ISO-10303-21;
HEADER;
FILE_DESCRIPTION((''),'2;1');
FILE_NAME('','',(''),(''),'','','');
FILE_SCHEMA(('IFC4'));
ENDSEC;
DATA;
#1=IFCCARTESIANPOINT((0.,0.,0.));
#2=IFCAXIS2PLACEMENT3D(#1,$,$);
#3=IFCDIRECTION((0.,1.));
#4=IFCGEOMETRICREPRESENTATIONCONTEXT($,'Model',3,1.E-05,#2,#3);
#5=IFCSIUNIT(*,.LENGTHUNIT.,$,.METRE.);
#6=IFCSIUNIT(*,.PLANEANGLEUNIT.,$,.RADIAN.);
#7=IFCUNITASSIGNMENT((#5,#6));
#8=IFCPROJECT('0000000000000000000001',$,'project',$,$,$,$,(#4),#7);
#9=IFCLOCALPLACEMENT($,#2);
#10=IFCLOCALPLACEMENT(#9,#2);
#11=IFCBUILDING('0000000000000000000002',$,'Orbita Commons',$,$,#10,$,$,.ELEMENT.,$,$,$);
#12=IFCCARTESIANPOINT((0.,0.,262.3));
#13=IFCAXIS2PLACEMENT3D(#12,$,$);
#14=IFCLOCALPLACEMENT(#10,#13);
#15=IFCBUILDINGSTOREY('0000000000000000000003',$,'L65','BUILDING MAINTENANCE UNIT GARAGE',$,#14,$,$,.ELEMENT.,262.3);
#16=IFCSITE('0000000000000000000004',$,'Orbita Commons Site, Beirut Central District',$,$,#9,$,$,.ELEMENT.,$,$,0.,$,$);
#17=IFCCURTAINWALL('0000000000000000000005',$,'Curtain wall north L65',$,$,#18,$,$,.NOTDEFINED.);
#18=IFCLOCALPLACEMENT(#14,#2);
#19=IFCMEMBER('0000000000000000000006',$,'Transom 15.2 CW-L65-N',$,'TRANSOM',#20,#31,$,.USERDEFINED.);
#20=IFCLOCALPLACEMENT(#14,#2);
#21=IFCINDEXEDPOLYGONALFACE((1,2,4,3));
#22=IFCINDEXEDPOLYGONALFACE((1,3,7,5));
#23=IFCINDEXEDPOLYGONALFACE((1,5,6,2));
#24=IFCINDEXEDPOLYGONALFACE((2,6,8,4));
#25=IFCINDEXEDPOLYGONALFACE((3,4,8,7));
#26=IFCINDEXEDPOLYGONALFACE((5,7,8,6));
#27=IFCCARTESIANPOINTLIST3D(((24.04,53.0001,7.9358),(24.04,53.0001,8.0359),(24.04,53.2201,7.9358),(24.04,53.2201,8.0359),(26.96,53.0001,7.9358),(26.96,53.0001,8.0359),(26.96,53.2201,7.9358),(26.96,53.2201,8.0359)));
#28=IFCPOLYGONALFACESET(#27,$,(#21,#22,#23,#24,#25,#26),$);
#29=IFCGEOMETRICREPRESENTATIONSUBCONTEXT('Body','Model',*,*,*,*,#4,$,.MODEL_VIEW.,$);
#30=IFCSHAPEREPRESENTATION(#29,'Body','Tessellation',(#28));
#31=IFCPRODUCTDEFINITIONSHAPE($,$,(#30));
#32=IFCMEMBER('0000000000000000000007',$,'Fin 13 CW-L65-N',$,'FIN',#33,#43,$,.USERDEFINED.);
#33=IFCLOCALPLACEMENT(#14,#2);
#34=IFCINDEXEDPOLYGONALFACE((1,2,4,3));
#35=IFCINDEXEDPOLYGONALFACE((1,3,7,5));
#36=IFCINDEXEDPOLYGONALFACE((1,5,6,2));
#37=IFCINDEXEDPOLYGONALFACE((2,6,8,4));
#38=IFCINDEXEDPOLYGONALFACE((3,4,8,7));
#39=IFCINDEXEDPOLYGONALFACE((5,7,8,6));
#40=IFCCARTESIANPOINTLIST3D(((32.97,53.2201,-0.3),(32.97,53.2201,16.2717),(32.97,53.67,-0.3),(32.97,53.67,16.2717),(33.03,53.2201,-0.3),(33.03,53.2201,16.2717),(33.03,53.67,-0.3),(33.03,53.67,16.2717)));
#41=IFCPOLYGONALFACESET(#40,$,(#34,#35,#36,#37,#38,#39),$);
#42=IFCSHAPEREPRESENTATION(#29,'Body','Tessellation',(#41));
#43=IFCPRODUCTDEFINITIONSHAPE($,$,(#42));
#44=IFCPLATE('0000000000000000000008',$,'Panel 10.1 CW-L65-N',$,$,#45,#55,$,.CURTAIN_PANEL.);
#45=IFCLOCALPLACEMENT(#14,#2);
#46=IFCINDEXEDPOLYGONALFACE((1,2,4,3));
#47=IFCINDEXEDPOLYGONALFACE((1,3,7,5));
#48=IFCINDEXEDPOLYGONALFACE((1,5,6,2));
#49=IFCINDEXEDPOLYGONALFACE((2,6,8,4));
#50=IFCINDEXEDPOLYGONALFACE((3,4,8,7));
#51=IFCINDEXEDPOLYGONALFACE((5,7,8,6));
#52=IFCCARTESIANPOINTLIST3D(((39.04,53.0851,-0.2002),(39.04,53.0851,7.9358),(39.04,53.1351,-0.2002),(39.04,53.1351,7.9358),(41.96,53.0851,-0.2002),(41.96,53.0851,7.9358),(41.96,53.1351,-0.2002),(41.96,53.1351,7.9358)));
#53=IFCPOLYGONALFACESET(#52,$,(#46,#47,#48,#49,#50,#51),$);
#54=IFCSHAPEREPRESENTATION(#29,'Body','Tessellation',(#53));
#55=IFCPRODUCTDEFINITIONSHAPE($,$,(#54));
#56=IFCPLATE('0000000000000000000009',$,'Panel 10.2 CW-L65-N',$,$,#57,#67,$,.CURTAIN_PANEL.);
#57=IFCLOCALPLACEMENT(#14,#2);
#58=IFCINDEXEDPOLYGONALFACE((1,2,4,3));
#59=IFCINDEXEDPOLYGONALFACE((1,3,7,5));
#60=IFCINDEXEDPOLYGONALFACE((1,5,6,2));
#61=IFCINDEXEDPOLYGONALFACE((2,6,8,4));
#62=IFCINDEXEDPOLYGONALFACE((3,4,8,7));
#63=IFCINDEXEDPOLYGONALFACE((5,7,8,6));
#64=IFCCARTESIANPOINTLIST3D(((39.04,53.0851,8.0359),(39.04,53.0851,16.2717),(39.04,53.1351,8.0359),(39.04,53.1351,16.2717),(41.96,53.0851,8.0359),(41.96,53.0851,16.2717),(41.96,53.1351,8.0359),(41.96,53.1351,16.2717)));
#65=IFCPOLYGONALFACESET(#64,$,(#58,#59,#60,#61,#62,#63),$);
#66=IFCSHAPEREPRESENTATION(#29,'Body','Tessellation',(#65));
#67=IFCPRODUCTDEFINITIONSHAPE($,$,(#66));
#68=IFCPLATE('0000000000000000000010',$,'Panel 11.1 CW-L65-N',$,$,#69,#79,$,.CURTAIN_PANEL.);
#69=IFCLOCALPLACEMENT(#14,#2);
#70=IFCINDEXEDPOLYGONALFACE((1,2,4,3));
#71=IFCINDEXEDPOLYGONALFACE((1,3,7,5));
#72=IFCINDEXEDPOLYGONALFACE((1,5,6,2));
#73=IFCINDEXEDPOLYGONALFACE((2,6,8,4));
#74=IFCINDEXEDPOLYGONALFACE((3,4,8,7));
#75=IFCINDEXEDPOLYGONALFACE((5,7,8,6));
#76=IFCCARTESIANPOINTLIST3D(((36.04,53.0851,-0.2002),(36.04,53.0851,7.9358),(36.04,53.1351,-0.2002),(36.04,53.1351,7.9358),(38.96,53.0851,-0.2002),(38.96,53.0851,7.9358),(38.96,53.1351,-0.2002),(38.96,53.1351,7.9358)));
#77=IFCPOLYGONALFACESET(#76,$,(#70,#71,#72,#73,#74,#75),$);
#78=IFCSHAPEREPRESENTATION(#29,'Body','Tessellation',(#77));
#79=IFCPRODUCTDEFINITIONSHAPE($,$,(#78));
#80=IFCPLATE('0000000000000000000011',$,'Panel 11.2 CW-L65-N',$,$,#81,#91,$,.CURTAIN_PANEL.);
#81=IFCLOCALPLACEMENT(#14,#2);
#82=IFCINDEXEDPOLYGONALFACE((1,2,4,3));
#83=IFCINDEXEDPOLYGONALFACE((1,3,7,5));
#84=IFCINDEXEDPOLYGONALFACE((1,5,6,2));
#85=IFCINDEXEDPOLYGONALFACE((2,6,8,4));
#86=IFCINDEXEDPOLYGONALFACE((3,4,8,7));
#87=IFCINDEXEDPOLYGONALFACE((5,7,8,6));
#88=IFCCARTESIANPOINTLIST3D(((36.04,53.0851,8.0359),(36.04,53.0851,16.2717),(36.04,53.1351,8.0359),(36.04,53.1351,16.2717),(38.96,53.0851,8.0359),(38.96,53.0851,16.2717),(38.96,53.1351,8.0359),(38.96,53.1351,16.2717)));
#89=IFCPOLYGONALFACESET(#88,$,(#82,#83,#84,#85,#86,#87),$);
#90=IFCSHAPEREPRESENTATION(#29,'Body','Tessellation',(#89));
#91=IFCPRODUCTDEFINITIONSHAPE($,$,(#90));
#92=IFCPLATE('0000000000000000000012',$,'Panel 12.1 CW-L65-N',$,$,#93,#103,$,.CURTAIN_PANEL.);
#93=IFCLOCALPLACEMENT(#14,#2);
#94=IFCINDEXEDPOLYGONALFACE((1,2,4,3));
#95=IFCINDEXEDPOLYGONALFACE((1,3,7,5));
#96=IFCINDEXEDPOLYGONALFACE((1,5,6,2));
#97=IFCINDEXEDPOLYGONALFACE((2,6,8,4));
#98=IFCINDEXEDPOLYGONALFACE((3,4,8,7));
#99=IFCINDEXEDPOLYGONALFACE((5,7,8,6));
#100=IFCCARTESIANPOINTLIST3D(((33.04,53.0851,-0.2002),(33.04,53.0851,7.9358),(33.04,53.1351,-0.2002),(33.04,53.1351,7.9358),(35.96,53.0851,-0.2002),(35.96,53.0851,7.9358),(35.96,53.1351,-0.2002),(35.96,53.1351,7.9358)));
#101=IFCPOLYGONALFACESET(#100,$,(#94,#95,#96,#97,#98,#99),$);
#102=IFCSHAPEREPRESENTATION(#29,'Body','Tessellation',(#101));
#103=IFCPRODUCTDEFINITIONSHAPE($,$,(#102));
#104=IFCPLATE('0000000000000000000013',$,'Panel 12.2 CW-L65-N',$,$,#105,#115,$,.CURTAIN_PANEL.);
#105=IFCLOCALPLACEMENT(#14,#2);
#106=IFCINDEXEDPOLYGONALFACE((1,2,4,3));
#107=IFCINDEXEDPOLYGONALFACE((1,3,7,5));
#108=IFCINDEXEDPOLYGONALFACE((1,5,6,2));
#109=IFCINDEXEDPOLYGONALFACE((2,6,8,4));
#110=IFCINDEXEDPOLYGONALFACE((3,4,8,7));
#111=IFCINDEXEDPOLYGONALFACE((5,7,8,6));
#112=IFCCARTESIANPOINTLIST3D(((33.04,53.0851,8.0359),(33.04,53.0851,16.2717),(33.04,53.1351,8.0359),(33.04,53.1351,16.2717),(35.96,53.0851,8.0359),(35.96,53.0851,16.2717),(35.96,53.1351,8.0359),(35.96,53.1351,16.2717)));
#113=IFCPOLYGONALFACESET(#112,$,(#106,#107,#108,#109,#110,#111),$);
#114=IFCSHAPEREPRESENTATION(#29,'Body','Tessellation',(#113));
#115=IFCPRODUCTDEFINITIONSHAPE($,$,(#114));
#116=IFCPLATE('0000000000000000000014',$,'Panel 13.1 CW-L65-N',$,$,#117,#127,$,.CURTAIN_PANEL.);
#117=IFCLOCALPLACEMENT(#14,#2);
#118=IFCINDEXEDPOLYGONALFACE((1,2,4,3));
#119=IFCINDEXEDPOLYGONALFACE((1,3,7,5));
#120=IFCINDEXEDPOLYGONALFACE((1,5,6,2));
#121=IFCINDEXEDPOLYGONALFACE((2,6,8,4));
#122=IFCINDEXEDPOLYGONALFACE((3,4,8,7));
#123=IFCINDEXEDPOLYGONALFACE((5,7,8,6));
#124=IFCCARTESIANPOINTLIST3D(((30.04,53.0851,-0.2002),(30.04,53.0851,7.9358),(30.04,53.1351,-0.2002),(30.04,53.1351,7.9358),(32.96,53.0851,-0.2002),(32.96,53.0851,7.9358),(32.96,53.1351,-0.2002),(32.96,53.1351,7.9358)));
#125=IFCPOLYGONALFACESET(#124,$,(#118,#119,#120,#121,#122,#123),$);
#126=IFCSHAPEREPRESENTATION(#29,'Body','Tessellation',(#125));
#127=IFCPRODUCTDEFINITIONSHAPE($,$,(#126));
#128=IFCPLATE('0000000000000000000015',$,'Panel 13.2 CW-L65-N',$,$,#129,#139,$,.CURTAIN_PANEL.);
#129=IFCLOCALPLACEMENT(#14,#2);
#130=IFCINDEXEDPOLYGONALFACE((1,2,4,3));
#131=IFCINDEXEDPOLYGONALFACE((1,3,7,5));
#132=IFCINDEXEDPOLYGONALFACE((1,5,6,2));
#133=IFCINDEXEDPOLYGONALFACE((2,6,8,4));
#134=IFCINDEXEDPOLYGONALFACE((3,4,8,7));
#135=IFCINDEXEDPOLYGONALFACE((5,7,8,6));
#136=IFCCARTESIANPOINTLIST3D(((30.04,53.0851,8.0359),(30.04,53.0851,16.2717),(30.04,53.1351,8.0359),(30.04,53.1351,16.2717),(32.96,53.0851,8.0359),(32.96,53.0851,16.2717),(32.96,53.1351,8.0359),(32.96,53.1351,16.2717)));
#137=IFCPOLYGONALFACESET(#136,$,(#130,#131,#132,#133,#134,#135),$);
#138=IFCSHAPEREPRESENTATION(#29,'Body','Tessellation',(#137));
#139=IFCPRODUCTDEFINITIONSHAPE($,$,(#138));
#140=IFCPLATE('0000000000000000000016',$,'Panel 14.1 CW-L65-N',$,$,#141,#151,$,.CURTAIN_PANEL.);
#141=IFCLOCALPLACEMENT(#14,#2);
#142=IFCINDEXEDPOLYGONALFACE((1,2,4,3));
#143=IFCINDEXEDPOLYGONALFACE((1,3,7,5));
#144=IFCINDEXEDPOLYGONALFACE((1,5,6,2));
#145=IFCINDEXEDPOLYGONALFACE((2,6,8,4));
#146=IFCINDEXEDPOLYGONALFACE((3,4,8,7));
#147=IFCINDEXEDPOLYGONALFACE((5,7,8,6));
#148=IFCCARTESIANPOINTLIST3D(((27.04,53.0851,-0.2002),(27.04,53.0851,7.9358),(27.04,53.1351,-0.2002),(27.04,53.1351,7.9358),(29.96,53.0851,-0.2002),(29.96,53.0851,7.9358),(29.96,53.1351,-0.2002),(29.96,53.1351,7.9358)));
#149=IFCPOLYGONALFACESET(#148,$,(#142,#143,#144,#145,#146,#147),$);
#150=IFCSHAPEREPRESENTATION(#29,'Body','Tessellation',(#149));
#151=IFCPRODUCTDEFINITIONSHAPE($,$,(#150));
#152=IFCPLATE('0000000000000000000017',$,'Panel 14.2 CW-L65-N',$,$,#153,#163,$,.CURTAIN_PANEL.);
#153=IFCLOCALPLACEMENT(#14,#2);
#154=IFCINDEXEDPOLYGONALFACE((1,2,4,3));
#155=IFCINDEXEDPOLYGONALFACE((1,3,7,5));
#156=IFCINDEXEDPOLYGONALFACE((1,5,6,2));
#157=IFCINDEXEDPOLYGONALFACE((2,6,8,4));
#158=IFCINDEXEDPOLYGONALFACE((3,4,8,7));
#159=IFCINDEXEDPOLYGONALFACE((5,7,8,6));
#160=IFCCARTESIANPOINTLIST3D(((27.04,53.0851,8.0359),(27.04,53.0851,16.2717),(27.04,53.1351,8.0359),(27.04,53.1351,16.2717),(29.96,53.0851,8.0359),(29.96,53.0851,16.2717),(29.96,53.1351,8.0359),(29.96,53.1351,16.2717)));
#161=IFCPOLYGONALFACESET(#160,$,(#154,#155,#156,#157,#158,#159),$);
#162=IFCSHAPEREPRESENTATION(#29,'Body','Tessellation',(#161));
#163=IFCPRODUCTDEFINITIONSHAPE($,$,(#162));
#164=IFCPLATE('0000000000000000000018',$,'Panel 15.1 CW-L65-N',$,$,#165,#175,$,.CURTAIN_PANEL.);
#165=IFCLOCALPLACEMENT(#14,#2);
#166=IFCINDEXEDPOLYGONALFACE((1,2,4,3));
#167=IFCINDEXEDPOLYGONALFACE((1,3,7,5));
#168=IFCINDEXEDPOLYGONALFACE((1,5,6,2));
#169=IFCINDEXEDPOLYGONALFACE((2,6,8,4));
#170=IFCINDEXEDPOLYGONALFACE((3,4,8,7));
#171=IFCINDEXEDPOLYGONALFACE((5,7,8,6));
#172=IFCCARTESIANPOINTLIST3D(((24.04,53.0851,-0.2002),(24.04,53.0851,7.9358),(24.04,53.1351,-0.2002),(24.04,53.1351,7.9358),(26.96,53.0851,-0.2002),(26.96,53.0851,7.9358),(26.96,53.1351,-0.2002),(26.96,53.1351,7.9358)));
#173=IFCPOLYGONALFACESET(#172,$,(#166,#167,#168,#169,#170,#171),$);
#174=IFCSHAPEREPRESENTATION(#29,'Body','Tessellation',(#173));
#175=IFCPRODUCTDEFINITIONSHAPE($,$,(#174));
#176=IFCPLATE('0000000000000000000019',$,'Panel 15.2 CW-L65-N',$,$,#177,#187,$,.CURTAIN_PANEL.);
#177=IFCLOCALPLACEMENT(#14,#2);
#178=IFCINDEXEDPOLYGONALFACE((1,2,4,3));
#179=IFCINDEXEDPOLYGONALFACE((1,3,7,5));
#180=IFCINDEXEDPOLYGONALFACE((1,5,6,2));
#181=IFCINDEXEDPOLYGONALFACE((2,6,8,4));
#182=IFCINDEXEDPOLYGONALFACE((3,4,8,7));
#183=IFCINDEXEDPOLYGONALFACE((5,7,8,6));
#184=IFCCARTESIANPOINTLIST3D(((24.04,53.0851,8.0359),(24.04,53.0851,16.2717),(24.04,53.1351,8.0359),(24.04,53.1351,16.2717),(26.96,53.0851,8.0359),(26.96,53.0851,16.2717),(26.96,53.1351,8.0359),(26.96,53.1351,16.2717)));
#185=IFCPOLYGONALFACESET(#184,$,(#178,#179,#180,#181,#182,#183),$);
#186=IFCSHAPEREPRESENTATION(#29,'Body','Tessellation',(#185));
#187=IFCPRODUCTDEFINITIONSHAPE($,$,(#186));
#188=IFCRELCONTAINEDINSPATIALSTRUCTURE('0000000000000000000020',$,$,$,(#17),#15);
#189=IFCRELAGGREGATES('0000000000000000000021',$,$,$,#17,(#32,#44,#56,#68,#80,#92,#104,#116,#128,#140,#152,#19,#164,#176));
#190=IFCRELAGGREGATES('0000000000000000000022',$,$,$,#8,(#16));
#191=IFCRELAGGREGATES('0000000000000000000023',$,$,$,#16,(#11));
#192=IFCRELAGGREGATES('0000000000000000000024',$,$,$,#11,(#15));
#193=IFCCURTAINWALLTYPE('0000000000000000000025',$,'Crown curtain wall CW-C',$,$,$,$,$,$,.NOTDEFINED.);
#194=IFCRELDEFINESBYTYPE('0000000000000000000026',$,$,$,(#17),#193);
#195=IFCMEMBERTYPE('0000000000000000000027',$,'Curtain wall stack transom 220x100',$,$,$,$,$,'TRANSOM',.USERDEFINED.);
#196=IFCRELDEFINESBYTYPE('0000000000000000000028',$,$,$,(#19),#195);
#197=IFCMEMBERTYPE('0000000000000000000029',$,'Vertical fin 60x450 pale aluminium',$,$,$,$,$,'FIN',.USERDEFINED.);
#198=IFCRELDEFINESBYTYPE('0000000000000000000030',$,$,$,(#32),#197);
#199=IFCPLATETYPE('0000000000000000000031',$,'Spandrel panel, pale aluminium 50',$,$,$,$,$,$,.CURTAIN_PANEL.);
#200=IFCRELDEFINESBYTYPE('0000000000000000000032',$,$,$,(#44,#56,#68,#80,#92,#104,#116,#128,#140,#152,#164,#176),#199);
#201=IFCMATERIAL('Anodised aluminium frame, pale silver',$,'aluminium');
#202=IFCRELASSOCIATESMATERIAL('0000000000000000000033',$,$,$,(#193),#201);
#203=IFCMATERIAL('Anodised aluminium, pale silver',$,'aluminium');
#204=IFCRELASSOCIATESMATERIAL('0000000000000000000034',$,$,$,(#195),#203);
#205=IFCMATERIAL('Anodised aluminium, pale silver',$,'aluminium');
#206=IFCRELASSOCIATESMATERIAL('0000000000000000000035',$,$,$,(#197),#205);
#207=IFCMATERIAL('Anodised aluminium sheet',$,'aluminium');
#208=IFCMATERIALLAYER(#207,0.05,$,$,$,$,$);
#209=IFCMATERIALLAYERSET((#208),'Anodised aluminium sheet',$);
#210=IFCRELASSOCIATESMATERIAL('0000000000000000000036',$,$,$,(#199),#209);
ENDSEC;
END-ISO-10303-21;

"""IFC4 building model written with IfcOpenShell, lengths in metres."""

from ifc_helpers import new_model, si_unit, direction, frame, origin, origin_2d, place, context, subcontext, project, spatial, rectangle, extrude, material, layer, layer_set, material_profile, profile_set, type_object, element, aggregate, save


model = new_model("IFC4")

# Units and contexts
model_context = context("Model", 3, precision=1e-05, world=origin(), true_north=direction((0.0, 1.0)))
body_context = subcontext(model_context, "Body", "Model", "MODEL_VIEW")
ifc_project = project(units=[si_unit("LENGTHUNIT", "METRE"), si_unit("PLANEANGLEUNIT", "RADIAN")], contexts=[model_context])

# Site, building, storey
site_placement = place(None, origin())
site = spatial("IfcSite", under=ifc_project, at=site_placement, Name="Orbita Commons Site, Beirut Central District", CompositionType="ELEMENT", RefElevation=0.0)
building_placement = place(site_placement, origin())
building = spatial("IfcBuilding", under=site, at=building_placement, Name="Orbita Commons", CompositionType="ELEMENT")
storey_placement = place(building_placement, frame((0.0, 0.0, 262.3)))
storey = spatial("IfcBuildingStorey", under=building, at=storey_placement, Name="L65", Description="BUILDING MAINTENANCE UNIT GARAGE", CompositionType="ELEMENT", Elevation=262.3)

# Curtain wall, members, plates
ifc_material_1 = material(Name="Anodised aluminium frame, pale silver", Category="aluminium")
curtain_wall_type = type_object("IfcCurtainWallType", Name="Crown curtain wall CW-C", PredefinedType="NOTDEFINED", material=ifc_material_1)
curtain_wall_placement = place(storey_placement, origin())
curtain_wall = element("IfcCurtainWall", 1, at=curtain_wall_placement, inside=storey, type_object=curtain_wall_type, Name="Curtain wall north L65", PredefinedType="NOTDEFINED")
ifc_material_2 = material(Name="Anodised aluminium, pale silver", Category="aluminium")
ifc_material_profile_1 = material_profile(ifc_material_2, rectangle(XDim=0.22, YDim=0.1001, at=origin_2d()), Name="AL 220x100")
ifc_profile_set_1 = profile_set([ifc_material_profile_1], Name="Anodised aluminium, pale silver")
member_type_1 = type_object("IfcMemberType", Name="Curtain wall stack transom 220x100", ElementType="TRANSOM", PredefinedType="USERDEFINED", material=ifc_profile_set_1)
member_1_placement = place(storey_placement, frame((26.96, 53.1101, 7.9858), z_axis=(-1.0, 0.0, 0.0), x_axis=(0.0, -1.0, 0.0)))
member_1 = element("IfcMember", 2, at=member_1_placement, type_object=member_type_1, Name="Transom 15.2 CW-L65-N", ObjectType="TRANSOM", PredefinedType="USERDEFINED", context=body_context, shape_type="SweptSolid", body=[
    extrude(rectangle(XDim=0.22, YDim=0.1001, at=origin_2d()), origin(), (0.0, 0.0, 1.0), 2.9199),
])
ifc_material_3 = material(Name="Anodised aluminium, pale silver", Category="aluminium")
ifc_material_profile_2 = material_profile(ifc_material_3, rectangle(XDim=0.0601, YDim=0.45, at=origin_2d()), Name="FIN 60x450")
ifc_profile_set_2 = profile_set([ifc_material_profile_2], Name="Anodised aluminium, pale silver")
member_type_2 = type_object("IfcMemberType", Name="Vertical fin 60x450 pale aluminium", ElementType="FIN", PredefinedType="USERDEFINED", material=ifc_profile_set_2)
member_2_placement = place(storey_placement, frame((33.0, 53.4451, -0.3), z_axis=(0.0, 0.0, 1.0), x_axis=(-1.0, 0.0, 0.0)))
member_2 = element("IfcMember", 3, at=member_2_placement, type_object=member_type_2, Name="Fin 13 CW-L65-N", ObjectType="FIN", PredefinedType="USERDEFINED", context=body_context, shape_type="SweptSolid", body=[
    extrude(rectangle(XDim=0.0601, YDim=0.45, at=origin_2d()), origin(), (0.0, 0.0, 1.0), 16.5718),
])
ifc_material_4 = material(Name="Anodised aluminium sheet", Category="aluminium")
ifc_layer = layer(ifc_material_4, 0.05)
ifc_layer_set = layer_set([ifc_layer], Name="Anodised aluminium sheet")
plate_type = type_object("IfcPlateType", Name="Spandrel panel, pale aluminium 50", PredefinedType="CURTAIN_PANEL", material=ifc_layer_set)
plate_1_placement = place(storey_placement, frame((40.5, 53.1101, -0.2002), z_axis=(0.0, 0.0, 1.0), x_axis=(-1.0, 0.0, 0.0)))
plate_1 = element("IfcPlate", 4, at=plate_1_placement, type_object=plate_type, Name="Panel 10.1 CW-L65-N", PredefinedType="CURTAIN_PANEL", context=body_context, shape_type="SweptSolid", body=[
    extrude(rectangle(XDim=2.9199, YDim=0.05, at=origin_2d()), origin(), (0.0, 0.0, 1.0), 8.136),
])
plate_2_placement = place(storey_placement, frame((40.5, 53.1101, 8.0359), z_axis=(0.0, 0.0, 1.0), x_axis=(-1.0, 0.0, 0.0)))
plate_2 = element("IfcPlate", 5, at=plate_2_placement, type_object=plate_type, Name="Panel 10.2 CW-L65-N", PredefinedType="CURTAIN_PANEL", context=body_context, shape_type="SweptSolid", body=[
    extrude(rectangle(XDim=2.9199, YDim=0.05, at=origin_2d()), origin(), (0.0, 0.0, 1.0), 8.2358),
])
plate_3_placement = place(storey_placement, frame((37.5, 53.1101, -0.2002), z_axis=(0.0, 0.0, 1.0), x_axis=(-1.0, 0.0, 0.0)))
plate_3 = element("IfcPlate", 6, at=plate_3_placement, type_object=plate_type, Name="Panel 11.1 CW-L65-N", PredefinedType="CURTAIN_PANEL", context=body_context, shape_type="SweptSolid", body=[
    extrude(rectangle(XDim=2.9199, YDim=0.05, at=origin_2d()), origin(), (0.0, 0.0, 1.0), 8.136),
])
plate_4_placement = place(storey_placement, frame((37.5, 53.1101, 8.0359), z_axis=(0.0, 0.0, 1.0), x_axis=(-1.0, 0.0, 0.0)))
plate_4 = element("IfcPlate", 7, at=plate_4_placement, type_object=plate_type, Name="Panel 11.2 CW-L65-N", PredefinedType="CURTAIN_PANEL", context=body_context, shape_type="SweptSolid", body=[
    extrude(rectangle(XDim=2.9199, YDim=0.05, at=origin_2d()), origin(), (0.0, 0.0, 1.0), 8.2358),
])
plate_5_placement = place(storey_placement, frame((34.5, 53.1101, -0.2002), z_axis=(0.0, 0.0, 1.0), x_axis=(-1.0, 0.0, 0.0)))
plate_5 = element("IfcPlate", 8, at=plate_5_placement, type_object=plate_type, Name="Panel 12.1 CW-L65-N", PredefinedType="CURTAIN_PANEL", context=body_context, shape_type="SweptSolid", body=[
    extrude(rectangle(XDim=2.9199, YDim=0.05, at=origin_2d()), origin(), (0.0, 0.0, 1.0), 8.136),
])
plate_6_placement = place(storey_placement, frame((34.5, 53.1101, 8.0359), z_axis=(0.0, 0.0, 1.0), x_axis=(-1.0, 0.0, 0.0)))
plate_6 = element("IfcPlate", 9, at=plate_6_placement, type_object=plate_type, Name="Panel 12.2 CW-L65-N", PredefinedType="CURTAIN_PANEL", context=body_context, shape_type="SweptSolid", body=[
    extrude(rectangle(XDim=2.9199, YDim=0.05, at=origin_2d()), origin(), (0.0, 0.0, 1.0), 8.2358),
])
plate_7_placement = place(storey_placement, frame((31.5, 53.1101, -0.2002), z_axis=(0.0, 0.0, 1.0), x_axis=(-1.0, 0.0, 0.0)))
plate_7 = element("IfcPlate", 10, at=plate_7_placement, type_object=plate_type, Name="Panel 13.1 CW-L65-N", PredefinedType="CURTAIN_PANEL", context=body_context, shape_type="SweptSolid", body=[
    extrude(rectangle(XDim=2.9199, YDim=0.05, at=origin_2d()), origin(), (0.0, 0.0, 1.0), 8.136),
])
plate_8_placement = place(storey_placement, frame((31.5, 53.1101, 8.0359), z_axis=(0.0, 0.0, 1.0), x_axis=(-1.0, 0.0, 0.0)))
plate_8 = element("IfcPlate", 11, at=plate_8_placement, type_object=plate_type, Name="Panel 13.2 CW-L65-N", PredefinedType="CURTAIN_PANEL", context=body_context, shape_type="SweptSolid", body=[
    extrude(rectangle(XDim=2.9199, YDim=0.05, at=origin_2d()), origin(), (0.0, 0.0, 1.0), 8.2358),
])
plate_9_placement = place(storey_placement, frame((28.5, 53.1101, -0.2002), z_axis=(0.0, 0.0, 1.0), x_axis=(-1.0, 0.0, 0.0)))
plate_9 = element("IfcPlate", 12, at=plate_9_placement, type_object=plate_type, Name="Panel 14.1 CW-L65-N", PredefinedType="CURTAIN_PANEL", context=body_context, shape_type="SweptSolid", body=[
    extrude(rectangle(XDim=2.9199, YDim=0.05, at=origin_2d()), origin(), (0.0, 0.0, 1.0), 8.136),
])
plate_10_placement = place(storey_placement, frame((28.5, 53.1101, 8.0359), z_axis=(0.0, 0.0, 1.0), x_axis=(-1.0, 0.0, 0.0)))
plate_10 = element("IfcPlate", 13, at=plate_10_placement, type_object=plate_type, Name="Panel 14.2 CW-L65-N", PredefinedType="CURTAIN_PANEL", context=body_context, shape_type="SweptSolid", body=[
    extrude(rectangle(XDim=2.9199, YDim=0.05, at=origin_2d()), origin(), (0.0, 0.0, 1.0), 8.2358),
])
plate_11_placement = place(storey_placement, frame((25.5, 53.1101, -0.2002), z_axis=(0.0, 0.0, 1.0), x_axis=(-1.0, 0.0, 0.0)))
plate_11 = element("IfcPlate", 14, at=plate_11_placement, type_object=plate_type, Name="Panel 15.1 CW-L65-N", PredefinedType="CURTAIN_PANEL", context=body_context, shape_type="SweptSolid", body=[
    extrude(rectangle(XDim=2.9199, YDim=0.05, at=origin_2d()), origin(), (0.0, 0.0, 1.0), 8.136),
])
plate_12_placement = place(storey_placement, frame((25.5, 53.1101, 8.0359), z_axis=(0.0, 0.0, 1.0), x_axis=(-1.0, 0.0, 0.0)))
plate_12 = element("IfcPlate", 15, at=plate_12_placement, type_object=plate_type, Name="Panel 15.2 CW-L65-N", PredefinedType="CURTAIN_PANEL", context=body_context, shape_type="SweptSolid", body=[
    extrude(rectangle(XDim=2.9199, YDim=0.05, at=origin_2d()), origin(), (0.0, 0.0, 1.0), 8.2358),
])
aggregate(curtain_wall, [member_2, plate_1, plate_2, plate_3, plate_4, plate_5, plate_6, plate_7, plate_8, plate_9, plate_10, member_1, plate_11, plate_12])

save(model, "model.ifc")
